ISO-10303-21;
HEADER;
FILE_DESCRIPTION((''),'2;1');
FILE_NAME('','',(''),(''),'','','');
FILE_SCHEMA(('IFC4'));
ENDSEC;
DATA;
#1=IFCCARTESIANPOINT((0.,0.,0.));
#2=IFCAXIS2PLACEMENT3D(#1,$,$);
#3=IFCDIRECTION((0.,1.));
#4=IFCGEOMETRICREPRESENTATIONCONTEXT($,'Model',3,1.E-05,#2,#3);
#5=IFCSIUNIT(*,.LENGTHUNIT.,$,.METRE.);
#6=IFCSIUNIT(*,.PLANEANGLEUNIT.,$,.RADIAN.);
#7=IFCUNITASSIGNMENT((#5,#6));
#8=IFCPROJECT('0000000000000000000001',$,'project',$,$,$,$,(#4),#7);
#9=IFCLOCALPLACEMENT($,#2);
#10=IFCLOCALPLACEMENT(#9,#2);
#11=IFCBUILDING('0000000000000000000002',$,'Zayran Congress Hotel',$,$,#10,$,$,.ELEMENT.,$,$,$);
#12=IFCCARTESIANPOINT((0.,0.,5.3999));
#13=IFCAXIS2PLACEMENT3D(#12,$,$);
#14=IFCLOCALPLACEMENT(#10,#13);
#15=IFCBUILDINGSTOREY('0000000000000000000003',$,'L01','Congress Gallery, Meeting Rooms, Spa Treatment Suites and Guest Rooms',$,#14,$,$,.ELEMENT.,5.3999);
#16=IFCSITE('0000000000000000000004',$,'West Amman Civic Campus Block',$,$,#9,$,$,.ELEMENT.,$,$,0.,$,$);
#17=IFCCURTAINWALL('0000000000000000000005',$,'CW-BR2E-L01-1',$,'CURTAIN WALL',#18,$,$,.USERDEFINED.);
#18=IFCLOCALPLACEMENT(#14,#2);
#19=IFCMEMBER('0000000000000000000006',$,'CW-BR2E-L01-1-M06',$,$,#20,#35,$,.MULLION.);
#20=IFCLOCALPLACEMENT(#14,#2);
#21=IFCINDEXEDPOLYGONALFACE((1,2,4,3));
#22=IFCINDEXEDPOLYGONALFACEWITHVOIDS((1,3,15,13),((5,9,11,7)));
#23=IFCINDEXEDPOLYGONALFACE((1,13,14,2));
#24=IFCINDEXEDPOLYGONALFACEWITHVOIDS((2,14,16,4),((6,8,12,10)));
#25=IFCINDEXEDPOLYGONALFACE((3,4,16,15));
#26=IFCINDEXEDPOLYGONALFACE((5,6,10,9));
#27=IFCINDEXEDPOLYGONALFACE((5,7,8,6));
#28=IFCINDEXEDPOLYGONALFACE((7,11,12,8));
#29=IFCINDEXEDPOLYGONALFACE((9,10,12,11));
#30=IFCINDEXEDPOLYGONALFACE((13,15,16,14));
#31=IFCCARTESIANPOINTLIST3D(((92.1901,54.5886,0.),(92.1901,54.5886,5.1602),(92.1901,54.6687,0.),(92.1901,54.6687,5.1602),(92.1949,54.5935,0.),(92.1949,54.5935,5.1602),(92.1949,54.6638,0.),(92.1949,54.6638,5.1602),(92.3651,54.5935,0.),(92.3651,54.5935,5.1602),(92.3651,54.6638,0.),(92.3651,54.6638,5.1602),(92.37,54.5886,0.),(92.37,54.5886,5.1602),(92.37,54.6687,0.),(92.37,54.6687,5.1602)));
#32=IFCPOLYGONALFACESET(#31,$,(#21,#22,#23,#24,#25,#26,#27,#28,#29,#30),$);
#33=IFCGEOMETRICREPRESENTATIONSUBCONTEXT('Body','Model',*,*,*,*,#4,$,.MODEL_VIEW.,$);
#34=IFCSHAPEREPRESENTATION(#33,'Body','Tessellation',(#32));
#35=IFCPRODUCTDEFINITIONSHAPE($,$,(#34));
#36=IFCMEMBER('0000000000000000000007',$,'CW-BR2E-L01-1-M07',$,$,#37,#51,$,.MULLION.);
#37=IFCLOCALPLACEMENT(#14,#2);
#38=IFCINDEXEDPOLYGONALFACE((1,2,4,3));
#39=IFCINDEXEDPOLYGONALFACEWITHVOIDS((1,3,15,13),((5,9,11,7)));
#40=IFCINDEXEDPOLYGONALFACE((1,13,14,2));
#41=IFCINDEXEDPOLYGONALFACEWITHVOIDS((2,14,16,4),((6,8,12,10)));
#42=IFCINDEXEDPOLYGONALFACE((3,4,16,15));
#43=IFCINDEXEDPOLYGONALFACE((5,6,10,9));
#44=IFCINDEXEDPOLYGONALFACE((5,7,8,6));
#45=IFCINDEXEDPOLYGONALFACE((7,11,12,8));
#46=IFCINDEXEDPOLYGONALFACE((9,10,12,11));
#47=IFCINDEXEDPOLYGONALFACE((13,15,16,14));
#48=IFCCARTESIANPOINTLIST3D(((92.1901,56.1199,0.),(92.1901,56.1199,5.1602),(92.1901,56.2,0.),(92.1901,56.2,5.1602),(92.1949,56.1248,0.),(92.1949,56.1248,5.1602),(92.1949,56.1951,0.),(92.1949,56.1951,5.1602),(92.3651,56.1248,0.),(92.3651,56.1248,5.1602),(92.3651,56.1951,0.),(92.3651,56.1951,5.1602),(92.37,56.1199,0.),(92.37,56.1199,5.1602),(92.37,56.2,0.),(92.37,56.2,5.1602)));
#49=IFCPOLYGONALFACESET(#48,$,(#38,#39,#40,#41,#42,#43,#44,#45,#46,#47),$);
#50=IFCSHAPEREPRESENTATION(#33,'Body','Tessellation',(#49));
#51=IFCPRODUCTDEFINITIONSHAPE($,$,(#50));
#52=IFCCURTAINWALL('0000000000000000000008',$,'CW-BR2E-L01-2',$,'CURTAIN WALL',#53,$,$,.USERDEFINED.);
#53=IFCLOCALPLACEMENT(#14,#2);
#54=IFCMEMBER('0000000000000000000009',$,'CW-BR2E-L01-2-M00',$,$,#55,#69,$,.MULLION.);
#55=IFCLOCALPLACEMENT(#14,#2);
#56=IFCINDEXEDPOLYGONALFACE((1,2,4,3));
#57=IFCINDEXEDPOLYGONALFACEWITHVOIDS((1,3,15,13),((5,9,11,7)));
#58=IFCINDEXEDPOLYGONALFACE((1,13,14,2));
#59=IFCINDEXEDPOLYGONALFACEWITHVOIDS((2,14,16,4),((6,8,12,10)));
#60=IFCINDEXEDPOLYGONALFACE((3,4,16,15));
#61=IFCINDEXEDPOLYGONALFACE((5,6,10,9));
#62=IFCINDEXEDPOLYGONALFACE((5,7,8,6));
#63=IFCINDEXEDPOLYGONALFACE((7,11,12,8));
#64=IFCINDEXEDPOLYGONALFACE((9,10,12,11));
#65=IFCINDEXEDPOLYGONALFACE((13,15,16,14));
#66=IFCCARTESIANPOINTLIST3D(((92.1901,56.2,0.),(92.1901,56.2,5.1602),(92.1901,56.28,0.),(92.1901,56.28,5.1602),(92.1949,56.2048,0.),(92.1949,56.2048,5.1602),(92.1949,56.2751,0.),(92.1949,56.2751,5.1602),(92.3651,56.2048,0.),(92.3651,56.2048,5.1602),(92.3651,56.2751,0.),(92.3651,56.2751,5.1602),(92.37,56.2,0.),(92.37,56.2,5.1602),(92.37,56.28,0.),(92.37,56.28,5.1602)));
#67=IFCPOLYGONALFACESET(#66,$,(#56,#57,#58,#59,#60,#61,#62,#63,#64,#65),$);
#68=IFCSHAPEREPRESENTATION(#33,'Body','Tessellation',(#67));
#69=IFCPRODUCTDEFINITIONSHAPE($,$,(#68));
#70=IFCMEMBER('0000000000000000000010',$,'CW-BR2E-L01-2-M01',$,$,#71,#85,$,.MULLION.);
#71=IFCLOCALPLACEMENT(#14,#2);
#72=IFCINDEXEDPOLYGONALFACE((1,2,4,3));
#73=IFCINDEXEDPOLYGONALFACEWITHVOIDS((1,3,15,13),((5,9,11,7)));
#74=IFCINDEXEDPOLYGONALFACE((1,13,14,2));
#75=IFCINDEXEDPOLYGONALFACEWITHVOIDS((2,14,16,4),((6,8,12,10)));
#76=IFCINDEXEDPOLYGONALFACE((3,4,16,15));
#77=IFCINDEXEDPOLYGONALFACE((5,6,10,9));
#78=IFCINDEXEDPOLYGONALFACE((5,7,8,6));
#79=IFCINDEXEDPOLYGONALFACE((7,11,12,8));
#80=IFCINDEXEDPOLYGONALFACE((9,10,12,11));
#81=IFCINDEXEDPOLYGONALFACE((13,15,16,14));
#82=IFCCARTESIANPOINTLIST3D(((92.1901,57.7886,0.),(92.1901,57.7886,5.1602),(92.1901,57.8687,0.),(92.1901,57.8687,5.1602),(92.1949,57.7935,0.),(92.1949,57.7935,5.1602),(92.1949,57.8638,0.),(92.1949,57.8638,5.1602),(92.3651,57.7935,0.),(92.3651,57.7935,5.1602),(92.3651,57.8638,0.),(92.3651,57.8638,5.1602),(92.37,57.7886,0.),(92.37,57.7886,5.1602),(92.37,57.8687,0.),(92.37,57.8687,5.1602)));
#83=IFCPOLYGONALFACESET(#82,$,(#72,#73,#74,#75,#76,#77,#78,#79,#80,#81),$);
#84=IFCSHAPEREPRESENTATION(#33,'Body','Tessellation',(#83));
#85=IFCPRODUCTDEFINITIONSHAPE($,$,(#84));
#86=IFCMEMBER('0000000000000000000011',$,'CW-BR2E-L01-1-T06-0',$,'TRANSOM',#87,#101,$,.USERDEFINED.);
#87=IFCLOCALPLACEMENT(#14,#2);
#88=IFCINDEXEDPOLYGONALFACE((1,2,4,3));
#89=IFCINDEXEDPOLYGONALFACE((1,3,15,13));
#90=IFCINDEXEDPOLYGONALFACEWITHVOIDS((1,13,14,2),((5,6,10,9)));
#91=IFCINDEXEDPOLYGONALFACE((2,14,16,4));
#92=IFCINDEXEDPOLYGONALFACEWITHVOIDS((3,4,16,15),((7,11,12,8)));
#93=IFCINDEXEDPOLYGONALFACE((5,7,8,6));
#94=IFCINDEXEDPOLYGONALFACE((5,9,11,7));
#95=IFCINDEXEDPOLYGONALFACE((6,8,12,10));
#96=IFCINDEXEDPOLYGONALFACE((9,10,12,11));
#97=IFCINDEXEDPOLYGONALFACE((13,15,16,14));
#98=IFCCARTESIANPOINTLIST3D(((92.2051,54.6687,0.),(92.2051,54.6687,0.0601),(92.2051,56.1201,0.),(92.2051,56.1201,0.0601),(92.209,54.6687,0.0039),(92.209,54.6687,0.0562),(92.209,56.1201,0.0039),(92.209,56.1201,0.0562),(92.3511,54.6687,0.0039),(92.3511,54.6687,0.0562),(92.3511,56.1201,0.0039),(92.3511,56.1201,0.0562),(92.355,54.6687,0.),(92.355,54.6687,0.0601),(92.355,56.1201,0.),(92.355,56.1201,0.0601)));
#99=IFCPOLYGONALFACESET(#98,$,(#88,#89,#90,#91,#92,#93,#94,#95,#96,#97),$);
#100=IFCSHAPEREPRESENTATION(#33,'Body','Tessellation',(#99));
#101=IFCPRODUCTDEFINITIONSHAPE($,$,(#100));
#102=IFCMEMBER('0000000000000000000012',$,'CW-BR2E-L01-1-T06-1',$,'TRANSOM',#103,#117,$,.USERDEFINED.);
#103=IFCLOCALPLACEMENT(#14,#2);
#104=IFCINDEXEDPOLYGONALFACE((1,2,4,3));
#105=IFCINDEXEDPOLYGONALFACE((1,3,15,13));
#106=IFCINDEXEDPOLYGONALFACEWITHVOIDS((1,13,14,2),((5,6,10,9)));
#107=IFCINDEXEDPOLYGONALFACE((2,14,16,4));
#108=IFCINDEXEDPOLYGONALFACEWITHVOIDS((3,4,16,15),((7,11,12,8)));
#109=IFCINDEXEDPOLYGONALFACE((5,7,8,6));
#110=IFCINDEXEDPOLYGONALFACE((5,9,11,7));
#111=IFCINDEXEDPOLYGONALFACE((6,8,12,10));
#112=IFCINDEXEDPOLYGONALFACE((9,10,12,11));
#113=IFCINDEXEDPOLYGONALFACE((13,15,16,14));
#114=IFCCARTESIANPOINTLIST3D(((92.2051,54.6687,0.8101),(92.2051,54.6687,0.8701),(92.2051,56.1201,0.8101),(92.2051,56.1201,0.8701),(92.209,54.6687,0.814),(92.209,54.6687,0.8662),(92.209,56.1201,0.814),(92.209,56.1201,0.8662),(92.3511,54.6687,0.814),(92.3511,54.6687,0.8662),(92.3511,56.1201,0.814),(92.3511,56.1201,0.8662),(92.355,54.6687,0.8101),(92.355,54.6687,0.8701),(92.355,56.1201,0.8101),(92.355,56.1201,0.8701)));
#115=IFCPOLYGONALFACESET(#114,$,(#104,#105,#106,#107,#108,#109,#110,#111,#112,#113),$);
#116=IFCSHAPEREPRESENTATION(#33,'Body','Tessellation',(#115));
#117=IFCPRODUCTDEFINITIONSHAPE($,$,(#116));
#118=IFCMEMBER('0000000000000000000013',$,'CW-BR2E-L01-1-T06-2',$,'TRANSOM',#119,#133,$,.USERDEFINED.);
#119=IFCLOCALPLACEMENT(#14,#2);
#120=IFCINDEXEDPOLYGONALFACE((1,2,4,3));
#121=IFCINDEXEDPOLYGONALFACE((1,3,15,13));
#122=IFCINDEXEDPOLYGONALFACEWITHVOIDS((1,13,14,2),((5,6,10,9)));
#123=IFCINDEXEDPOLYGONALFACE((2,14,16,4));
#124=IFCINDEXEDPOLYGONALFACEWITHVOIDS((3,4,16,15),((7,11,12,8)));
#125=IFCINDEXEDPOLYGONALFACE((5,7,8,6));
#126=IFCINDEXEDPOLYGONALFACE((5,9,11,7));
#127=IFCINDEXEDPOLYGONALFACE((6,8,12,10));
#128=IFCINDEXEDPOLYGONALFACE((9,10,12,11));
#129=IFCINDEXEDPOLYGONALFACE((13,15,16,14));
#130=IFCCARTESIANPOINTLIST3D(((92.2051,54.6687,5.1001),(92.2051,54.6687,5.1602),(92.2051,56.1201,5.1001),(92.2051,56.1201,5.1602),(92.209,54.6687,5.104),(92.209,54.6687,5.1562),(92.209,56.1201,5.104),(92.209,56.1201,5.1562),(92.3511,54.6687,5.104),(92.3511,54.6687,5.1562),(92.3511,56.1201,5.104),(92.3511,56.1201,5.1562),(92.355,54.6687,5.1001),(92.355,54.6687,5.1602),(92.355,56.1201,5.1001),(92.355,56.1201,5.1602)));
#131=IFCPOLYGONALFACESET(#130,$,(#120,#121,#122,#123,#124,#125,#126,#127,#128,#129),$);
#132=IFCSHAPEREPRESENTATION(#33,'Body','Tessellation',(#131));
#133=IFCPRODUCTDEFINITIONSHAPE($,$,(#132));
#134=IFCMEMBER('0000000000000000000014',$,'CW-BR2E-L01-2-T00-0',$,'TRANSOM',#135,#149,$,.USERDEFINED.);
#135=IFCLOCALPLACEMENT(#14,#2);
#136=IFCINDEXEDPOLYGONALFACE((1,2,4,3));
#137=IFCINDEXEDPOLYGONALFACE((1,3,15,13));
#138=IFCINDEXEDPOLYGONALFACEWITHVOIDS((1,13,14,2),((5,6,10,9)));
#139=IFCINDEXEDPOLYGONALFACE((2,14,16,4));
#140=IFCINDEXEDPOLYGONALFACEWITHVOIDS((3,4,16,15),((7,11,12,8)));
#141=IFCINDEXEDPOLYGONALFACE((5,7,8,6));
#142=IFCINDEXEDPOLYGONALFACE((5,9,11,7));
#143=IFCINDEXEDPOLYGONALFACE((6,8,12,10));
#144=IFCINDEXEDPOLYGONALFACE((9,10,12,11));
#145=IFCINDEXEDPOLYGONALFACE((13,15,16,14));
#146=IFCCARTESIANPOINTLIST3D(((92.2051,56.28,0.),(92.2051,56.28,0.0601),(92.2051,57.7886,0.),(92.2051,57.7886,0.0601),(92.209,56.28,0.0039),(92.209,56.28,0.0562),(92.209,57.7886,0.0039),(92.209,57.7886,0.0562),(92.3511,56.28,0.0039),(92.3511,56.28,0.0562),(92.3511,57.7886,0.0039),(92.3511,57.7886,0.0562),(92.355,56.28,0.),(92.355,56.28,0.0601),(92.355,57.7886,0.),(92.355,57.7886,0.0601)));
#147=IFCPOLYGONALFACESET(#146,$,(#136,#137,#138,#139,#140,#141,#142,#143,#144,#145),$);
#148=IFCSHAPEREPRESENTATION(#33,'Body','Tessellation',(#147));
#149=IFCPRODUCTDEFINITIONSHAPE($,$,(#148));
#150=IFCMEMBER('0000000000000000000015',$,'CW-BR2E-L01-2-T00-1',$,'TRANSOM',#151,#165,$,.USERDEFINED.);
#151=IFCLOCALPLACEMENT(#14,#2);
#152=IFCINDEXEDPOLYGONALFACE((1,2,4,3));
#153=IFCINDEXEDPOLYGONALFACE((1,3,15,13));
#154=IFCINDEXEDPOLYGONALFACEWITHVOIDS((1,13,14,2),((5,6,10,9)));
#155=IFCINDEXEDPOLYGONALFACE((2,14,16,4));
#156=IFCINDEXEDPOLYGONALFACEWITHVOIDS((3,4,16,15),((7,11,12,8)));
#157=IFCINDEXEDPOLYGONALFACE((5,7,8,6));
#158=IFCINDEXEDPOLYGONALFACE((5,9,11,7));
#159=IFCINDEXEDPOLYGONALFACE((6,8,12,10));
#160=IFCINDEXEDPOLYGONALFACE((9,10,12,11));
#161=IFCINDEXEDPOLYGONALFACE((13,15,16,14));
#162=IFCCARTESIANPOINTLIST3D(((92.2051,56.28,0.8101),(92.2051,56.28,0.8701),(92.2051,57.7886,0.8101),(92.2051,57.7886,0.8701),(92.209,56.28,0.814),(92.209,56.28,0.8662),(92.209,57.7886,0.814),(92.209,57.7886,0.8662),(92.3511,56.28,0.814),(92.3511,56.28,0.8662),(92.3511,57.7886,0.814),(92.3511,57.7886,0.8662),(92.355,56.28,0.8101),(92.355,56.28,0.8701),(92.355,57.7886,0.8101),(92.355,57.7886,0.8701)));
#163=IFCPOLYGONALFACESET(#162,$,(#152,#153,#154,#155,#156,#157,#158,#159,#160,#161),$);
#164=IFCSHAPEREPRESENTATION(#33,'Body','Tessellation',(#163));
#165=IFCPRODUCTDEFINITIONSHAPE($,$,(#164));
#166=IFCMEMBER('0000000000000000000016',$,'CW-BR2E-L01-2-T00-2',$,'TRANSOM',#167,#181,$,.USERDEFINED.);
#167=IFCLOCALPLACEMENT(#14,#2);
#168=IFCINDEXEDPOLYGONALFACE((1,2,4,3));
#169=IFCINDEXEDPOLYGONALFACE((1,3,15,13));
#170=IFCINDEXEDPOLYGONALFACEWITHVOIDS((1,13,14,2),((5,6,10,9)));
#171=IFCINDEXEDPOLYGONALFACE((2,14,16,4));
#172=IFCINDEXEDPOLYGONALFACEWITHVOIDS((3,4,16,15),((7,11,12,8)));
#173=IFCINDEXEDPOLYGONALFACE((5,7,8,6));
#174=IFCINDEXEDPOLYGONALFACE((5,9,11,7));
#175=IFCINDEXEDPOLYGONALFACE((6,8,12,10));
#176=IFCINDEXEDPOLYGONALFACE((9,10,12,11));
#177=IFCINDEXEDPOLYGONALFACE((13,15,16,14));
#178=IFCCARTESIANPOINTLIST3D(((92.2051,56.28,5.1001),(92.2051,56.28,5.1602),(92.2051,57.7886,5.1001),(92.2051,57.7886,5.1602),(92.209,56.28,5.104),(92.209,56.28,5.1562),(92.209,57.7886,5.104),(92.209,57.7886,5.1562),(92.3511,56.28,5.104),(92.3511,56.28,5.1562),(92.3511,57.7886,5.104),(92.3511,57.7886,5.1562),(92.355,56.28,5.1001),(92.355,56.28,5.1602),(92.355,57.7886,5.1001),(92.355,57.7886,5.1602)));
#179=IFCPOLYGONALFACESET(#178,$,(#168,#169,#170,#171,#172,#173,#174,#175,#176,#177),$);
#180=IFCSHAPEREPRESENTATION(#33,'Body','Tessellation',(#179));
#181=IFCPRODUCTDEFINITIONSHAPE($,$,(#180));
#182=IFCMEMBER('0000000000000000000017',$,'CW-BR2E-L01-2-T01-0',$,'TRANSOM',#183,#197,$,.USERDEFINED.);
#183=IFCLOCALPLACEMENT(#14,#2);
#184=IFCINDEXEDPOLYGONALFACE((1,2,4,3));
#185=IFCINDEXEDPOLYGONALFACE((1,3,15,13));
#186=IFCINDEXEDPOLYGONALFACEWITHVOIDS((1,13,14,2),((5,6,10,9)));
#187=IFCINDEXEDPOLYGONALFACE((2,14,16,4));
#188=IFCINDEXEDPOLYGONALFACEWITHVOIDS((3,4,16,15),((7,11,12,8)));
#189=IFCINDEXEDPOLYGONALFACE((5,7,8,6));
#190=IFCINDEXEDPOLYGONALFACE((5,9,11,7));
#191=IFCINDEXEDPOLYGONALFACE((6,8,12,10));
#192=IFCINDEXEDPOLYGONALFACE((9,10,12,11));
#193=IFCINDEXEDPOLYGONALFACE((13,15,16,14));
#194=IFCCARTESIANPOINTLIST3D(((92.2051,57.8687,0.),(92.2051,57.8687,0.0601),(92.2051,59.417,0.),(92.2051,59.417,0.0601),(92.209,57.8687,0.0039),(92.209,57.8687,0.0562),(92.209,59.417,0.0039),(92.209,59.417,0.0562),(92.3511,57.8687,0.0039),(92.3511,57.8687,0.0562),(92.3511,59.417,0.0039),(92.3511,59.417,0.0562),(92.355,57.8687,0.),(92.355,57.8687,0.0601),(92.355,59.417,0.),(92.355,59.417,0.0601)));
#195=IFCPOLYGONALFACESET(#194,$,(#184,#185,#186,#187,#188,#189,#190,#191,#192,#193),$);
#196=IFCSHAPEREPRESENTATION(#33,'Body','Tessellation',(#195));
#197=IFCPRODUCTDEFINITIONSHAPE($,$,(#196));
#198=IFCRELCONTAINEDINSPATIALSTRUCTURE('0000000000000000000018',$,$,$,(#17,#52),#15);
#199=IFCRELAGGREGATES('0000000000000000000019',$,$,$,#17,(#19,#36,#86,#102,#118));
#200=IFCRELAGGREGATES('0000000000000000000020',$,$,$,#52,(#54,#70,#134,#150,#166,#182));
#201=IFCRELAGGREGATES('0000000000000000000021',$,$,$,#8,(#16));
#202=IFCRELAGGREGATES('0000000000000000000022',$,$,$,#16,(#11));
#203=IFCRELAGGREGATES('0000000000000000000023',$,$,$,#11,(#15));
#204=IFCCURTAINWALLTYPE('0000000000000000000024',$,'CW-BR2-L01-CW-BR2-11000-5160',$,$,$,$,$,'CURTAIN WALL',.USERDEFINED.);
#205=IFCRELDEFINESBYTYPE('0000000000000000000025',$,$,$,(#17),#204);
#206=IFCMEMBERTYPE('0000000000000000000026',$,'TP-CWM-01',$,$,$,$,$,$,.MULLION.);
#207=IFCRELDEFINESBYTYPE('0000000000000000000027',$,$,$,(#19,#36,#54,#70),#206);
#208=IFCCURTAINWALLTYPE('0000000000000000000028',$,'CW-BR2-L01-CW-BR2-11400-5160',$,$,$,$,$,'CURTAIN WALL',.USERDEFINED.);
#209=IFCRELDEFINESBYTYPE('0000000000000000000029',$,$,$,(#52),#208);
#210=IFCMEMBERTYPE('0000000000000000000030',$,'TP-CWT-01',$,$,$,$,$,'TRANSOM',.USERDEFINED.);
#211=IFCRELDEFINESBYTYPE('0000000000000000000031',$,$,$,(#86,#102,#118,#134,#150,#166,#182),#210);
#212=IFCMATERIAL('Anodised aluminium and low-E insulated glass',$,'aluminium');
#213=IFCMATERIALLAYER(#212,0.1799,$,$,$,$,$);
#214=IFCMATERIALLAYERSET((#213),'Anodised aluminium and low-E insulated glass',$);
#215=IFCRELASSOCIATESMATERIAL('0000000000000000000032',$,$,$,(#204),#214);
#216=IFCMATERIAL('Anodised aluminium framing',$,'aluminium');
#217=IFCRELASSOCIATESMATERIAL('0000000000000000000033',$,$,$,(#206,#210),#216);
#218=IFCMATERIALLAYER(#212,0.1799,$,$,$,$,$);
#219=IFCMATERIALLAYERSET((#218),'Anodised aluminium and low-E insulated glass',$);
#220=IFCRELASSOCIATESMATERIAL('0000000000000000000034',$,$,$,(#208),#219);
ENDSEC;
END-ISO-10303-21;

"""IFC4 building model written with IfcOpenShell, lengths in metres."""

from ifc_helpers import new_model, si_unit, direction, frame, origin, origin_2d, place, context, subcontext, project, spatial, hollow_rectangle, extrude, material, layer, layer_set, material_profile, profile_set, type_object, element, aggregate, save


model = new_model("IFC4")

# Units and contexts
model_context = context("Model", 3, precision=1e-05, world=origin(), true_north=direction((0.0, 1.0)))
body_context = subcontext(model_context, "Body", "Model", "MODEL_VIEW")
ifc_project = project(units=[si_unit("LENGTHUNIT", "METRE"), si_unit("PLANEANGLEUNIT", "RADIAN")], contexts=[model_context])

# Site, building, storey
site_placement = place(None, origin())
site = spatial("IfcSite", under=ifc_project, at=site_placement, Name="West Amman Civic Campus Block", CompositionType="ELEMENT", RefElevation=0.0)
building_placement = place(site_placement, origin())
building = spatial("IfcBuilding", under=site, at=building_placement, Name="Zayran Congress Hotel", CompositionType="ELEMENT")
storey_placement = place(building_placement, frame((0.0, 0.0, 5.3999)))
storey = spatial("IfcBuildingStorey", under=building, at=storey_placement, Name="L01", Description="Congress Gallery, Meeting Rooms, Spa Treatment Suites and Guest Rooms", CompositionType="ELEMENT", Elevation=5.3999)

# Curtain walls, members
ifc_material_1 = material(Name="Anodised aluminium and low-E insulated glass", Category="aluminium")
ifc_layer_1 = layer(ifc_material_1, 0.1799)
ifc_layer_set_1 = layer_set([ifc_layer_1], Name="Anodised aluminium and low-E insulated glass")
curtain_wall_type_1 = type_object("IfcCurtainWallType", Name="CW-BR2-L01-CW-BR2-11000-5160", ElementType="CURTAIN WALL", PredefinedType="USERDEFINED", material=ifc_layer_set_1)
curtain_wall_1_placement = place(storey_placement, origin())
curtain_wall_1 = element("IfcCurtainWall", 1, at=curtain_wall_1_placement, inside=storey, type_object=curtain_wall_type_1, Name="CW-BR2E-L01-1", ObjectType="CURTAIN WALL", PredefinedType="USERDEFINED")
ifc_material_2 = material(Name="Anodised aluminium framing", Category="aluminium")
ifc_material_profile_1 = material_profile(ifc_material_2, hollow_rectangle(XDim=0.0801, YDim=0.1799, WallThickness=0.0049, at=origin_2d()), Name="RHS 180x80x5")
ifc_profile_set_1 = profile_set([ifc_material_profile_1], Name="Anodised aluminium framing")
member_type_1 = type_object("IfcMemberType", Name="TP-CWM-01", PredefinedType="MULLION", material=ifc_profile_set_1)
member_1_placement = place(storey_placement, frame((92.28, 54.6287, 0.0), z_axis=(0.0, 0.0, 1.0), x_axis=(0.0, 1.0, 0.0)))
member_1 = element("IfcMember", 2, at=member_1_placement, type_object=member_type_1, Name="CW-BR2E-L01-1-M06", PredefinedType="MULLION", context=body_context, shape_type="SweptSolid", body=[
    extrude(hollow_rectangle(XDim=0.0801, YDim=0.1799, WallThickness=0.0049, at=origin_2d()), origin(), (0.0, 0.0, 1.0), 5.1602),
])
member_2_placement = place(storey_placement, frame((92.28, 56.1599, 0.0), z_axis=(0.0, 0.0, 1.0), x_axis=(0.0, 1.0, 0.0)))
member_2 = element("IfcMember", 3, at=member_2_placement, type_object=member_type_1, Name="CW-BR2E-L01-1-M07", PredefinedType="MULLION", context=body_context, shape_type="SweptSolid", body=[
    extrude(hollow_rectangle(XDim=0.0801, YDim=0.1799, WallThickness=0.0049, at=origin_2d()), origin(), (0.0, 0.0, 1.0), 5.1602),
])
ifc_layer_2 = layer(ifc_material_1, 0.1799)
ifc_layer_set_2 = layer_set([ifc_layer_2], Name="Anodised aluminium and low-E insulated glass")
curtain_wall_type_2 = type_object("IfcCurtainWallType", Name="CW-BR2-L01-CW-BR2-11400-5160", ElementType="CURTAIN WALL", PredefinedType="USERDEFINED", material=ifc_layer_set_2)
curtain_wall_2_placement = place(storey_placement, origin())
curtain_wall_2 = element("IfcCurtainWall", 4, at=curtain_wall_2_placement, inside=storey, type_object=curtain_wall_type_2, Name="CW-BR2E-L01-2", ObjectType="CURTAIN WALL", PredefinedType="USERDEFINED")
member_3_placement = place(storey_placement, frame((92.28, 56.24, 0.0), z_axis=(0.0, 0.0, 1.0), x_axis=(0.0, 1.0, 0.0)))
member_3 = element("IfcMember", 5, at=member_3_placement, type_object=member_type_1, Name="CW-BR2E-L01-2-M00", PredefinedType="MULLION", context=body_context, shape_type="SweptSolid", body=[
    extrude(hollow_rectangle(XDim=0.0801, YDim=0.1799, WallThickness=0.0049, at=origin_2d()), origin(), (0.0, 0.0, 1.0), 5.1602),
])
member_4_placement = place(storey_placement, frame((92.28, 57.8286, 0.0), z_axis=(0.0, 0.0, 1.0), x_axis=(0.0, 1.0, 0.0)))
member_4 = element("IfcMember", 6, at=member_4_placement, type_object=member_type_1, Name="CW-BR2E-L01-2-M01", PredefinedType="MULLION", context=body_context, shape_type="SweptSolid", body=[
    extrude(hollow_rectangle(XDim=0.0801, YDim=0.1799, WallThickness=0.0049, at=origin_2d()), origin(), (0.0, 0.0, 1.0), 5.1602),
])

# Members
ifc_material_profile_2 = material_profile(ifc_material_2, hollow_rectangle(XDim=0.0601, YDim=0.1499, WallThickness=0.0039, at=origin_2d()), Name="RHS 150x60x4")
ifc_profile_set_2 = profile_set([ifc_material_profile_2], Name="Anodised aluminium framing")
member_type_2 = type_object("IfcMemberType", Name="TP-CWT-01", ElementType="TRANSOM", PredefinedType="USERDEFINED", material=ifc_profile_set_2)
member_5_placement = place(storey_placement, frame((92.28, 54.6687, 0.03), z_axis=(0.0, 1.0, 0.0), x_axis=(0.0, 0.0, 1.0)))
member_5 = element("IfcMember", 7, at=member_5_placement, type_object=member_type_2, Name="CW-BR2E-L01-1-T06-0", ObjectType="TRANSOM", PredefinedType="USERDEFINED", context=body_context, shape_type="SweptSolid", body=[
    extrude(hollow_rectangle(XDim=0.0601, YDim=0.1499, WallThickness=0.0039, at=origin_2d()), origin(), (0.0, 0.0, 1.0), 1.4514),
])
member_6_placement = place(storey_placement, frame((92.28, 54.6687, 0.8401), z_axis=(0.0, 1.0, 0.0), x_axis=(0.0, 0.0, 1.0)))
member_6 = element("IfcMember", 8, at=member_6_placement, type_object=member_type_2, Name="CW-BR2E-L01-1-T06-1", ObjectType="TRANSOM", PredefinedType="USERDEFINED", context=body_context, shape_type="SweptSolid", body=[
    extrude(hollow_rectangle(XDim=0.0601, YDim=0.1499, WallThickness=0.0039, at=origin_2d()), origin(), (0.0, 0.0, 1.0), 1.4514),
])
member_7_placement = place(storey_placement, frame((92.28, 54.6687, 5.1301), z_axis=(0.0, 1.0, 0.0), x_axis=(0.0, 0.0, 1.0)))
member_7 = element("IfcMember", 9, at=member_7_placement, type_object=member_type_2, Name="CW-BR2E-L01-1-T06-2", ObjectType="TRANSOM", PredefinedType="USERDEFINED", context=body_context, shape_type="SweptSolid", body=[
    extrude(hollow_rectangle(XDim=0.0601, YDim=0.1499, WallThickness=0.0039, at=origin_2d()), origin(), (0.0, 0.0, 1.0), 1.4514),
])
member_8_placement = place(storey_placement, frame((92.28, 56.28, 0.03), z_axis=(0.0, 1.0, 0.0), x_axis=(0.0, 0.0, 1.0)))
member_8 = element("IfcMember", 10, at=member_8_placement, type_object=member_type_2, Name="CW-BR2E-L01-2-T00-0", ObjectType="TRANSOM", PredefinedType="USERDEFINED", context=body_context, shape_type="SweptSolid", body=[
    extrude(hollow_rectangle(XDim=0.0601, YDim=0.1499, WallThickness=0.0039, at=origin_2d()), origin(), (0.0, 0.0, 1.0), 1.5085),
])
member_9_placement = place(storey_placement, frame((92.28, 56.28, 0.8401), z_axis=(0.0, 1.0, 0.0), x_axis=(0.0, 0.0, 1.0)))
member_9 = element("IfcMember", 11, at=member_9_placement, type_object=member_type_2, Name="CW-BR2E-L01-2-T00-1", ObjectType="TRANSOM", PredefinedType="USERDEFINED", context=body_context, shape_type="SweptSolid", body=[
    extrude(hollow_rectangle(XDim=0.0601, YDim=0.1499, WallThickness=0.0039, at=origin_2d()), origin(), (0.0, 0.0, 1.0), 1.5085),
])
member_10_placement = place(storey_placement, frame((92.28, 56.28, 5.1301), z_axis=(0.0, 1.0, 0.0), x_axis=(0.0, 0.0, 1.0)))
member_10 = element("IfcMember", 12, at=member_10_placement, type_object=member_type_2, Name="CW-BR2E-L01-2-T00-2", ObjectType="TRANSOM", PredefinedType="USERDEFINED", context=body_context, shape_type="SweptSolid", body=[
    extrude(hollow_rectangle(XDim=0.0601, YDim=0.1499, WallThickness=0.0039, at=origin_2d()), origin(), (0.0, 0.0, 1.0), 1.5085),
])
member_11_placement = place(storey_placement, frame((92.28, 57.8687, 0.03), z_axis=(0.0, 1.0, 0.0), x_axis=(0.0, 0.0, 1.0)))
member_11 = element("IfcMember", 13, at=member_11_placement, type_object=member_type_2, Name="CW-BR2E-L01-2-T01-0", ObjectType="TRANSOM", PredefinedType="USERDEFINED", context=body_context, shape_type="SweptSolid", body=[
    extrude(hollow_rectangle(XDim=0.0601, YDim=0.1499, WallThickness=0.0039, at=origin_2d()), origin(), (0.0, 0.0, 1.0), 1.5483),
])

aggregate(curtain_wall_1, [member_1, member_2, member_5, member_6, member_7])
aggregate(curtain_wall_2, [member_3, member_4, member_8, member_9, member_10, member_11])

save(model, "model.ifc")
